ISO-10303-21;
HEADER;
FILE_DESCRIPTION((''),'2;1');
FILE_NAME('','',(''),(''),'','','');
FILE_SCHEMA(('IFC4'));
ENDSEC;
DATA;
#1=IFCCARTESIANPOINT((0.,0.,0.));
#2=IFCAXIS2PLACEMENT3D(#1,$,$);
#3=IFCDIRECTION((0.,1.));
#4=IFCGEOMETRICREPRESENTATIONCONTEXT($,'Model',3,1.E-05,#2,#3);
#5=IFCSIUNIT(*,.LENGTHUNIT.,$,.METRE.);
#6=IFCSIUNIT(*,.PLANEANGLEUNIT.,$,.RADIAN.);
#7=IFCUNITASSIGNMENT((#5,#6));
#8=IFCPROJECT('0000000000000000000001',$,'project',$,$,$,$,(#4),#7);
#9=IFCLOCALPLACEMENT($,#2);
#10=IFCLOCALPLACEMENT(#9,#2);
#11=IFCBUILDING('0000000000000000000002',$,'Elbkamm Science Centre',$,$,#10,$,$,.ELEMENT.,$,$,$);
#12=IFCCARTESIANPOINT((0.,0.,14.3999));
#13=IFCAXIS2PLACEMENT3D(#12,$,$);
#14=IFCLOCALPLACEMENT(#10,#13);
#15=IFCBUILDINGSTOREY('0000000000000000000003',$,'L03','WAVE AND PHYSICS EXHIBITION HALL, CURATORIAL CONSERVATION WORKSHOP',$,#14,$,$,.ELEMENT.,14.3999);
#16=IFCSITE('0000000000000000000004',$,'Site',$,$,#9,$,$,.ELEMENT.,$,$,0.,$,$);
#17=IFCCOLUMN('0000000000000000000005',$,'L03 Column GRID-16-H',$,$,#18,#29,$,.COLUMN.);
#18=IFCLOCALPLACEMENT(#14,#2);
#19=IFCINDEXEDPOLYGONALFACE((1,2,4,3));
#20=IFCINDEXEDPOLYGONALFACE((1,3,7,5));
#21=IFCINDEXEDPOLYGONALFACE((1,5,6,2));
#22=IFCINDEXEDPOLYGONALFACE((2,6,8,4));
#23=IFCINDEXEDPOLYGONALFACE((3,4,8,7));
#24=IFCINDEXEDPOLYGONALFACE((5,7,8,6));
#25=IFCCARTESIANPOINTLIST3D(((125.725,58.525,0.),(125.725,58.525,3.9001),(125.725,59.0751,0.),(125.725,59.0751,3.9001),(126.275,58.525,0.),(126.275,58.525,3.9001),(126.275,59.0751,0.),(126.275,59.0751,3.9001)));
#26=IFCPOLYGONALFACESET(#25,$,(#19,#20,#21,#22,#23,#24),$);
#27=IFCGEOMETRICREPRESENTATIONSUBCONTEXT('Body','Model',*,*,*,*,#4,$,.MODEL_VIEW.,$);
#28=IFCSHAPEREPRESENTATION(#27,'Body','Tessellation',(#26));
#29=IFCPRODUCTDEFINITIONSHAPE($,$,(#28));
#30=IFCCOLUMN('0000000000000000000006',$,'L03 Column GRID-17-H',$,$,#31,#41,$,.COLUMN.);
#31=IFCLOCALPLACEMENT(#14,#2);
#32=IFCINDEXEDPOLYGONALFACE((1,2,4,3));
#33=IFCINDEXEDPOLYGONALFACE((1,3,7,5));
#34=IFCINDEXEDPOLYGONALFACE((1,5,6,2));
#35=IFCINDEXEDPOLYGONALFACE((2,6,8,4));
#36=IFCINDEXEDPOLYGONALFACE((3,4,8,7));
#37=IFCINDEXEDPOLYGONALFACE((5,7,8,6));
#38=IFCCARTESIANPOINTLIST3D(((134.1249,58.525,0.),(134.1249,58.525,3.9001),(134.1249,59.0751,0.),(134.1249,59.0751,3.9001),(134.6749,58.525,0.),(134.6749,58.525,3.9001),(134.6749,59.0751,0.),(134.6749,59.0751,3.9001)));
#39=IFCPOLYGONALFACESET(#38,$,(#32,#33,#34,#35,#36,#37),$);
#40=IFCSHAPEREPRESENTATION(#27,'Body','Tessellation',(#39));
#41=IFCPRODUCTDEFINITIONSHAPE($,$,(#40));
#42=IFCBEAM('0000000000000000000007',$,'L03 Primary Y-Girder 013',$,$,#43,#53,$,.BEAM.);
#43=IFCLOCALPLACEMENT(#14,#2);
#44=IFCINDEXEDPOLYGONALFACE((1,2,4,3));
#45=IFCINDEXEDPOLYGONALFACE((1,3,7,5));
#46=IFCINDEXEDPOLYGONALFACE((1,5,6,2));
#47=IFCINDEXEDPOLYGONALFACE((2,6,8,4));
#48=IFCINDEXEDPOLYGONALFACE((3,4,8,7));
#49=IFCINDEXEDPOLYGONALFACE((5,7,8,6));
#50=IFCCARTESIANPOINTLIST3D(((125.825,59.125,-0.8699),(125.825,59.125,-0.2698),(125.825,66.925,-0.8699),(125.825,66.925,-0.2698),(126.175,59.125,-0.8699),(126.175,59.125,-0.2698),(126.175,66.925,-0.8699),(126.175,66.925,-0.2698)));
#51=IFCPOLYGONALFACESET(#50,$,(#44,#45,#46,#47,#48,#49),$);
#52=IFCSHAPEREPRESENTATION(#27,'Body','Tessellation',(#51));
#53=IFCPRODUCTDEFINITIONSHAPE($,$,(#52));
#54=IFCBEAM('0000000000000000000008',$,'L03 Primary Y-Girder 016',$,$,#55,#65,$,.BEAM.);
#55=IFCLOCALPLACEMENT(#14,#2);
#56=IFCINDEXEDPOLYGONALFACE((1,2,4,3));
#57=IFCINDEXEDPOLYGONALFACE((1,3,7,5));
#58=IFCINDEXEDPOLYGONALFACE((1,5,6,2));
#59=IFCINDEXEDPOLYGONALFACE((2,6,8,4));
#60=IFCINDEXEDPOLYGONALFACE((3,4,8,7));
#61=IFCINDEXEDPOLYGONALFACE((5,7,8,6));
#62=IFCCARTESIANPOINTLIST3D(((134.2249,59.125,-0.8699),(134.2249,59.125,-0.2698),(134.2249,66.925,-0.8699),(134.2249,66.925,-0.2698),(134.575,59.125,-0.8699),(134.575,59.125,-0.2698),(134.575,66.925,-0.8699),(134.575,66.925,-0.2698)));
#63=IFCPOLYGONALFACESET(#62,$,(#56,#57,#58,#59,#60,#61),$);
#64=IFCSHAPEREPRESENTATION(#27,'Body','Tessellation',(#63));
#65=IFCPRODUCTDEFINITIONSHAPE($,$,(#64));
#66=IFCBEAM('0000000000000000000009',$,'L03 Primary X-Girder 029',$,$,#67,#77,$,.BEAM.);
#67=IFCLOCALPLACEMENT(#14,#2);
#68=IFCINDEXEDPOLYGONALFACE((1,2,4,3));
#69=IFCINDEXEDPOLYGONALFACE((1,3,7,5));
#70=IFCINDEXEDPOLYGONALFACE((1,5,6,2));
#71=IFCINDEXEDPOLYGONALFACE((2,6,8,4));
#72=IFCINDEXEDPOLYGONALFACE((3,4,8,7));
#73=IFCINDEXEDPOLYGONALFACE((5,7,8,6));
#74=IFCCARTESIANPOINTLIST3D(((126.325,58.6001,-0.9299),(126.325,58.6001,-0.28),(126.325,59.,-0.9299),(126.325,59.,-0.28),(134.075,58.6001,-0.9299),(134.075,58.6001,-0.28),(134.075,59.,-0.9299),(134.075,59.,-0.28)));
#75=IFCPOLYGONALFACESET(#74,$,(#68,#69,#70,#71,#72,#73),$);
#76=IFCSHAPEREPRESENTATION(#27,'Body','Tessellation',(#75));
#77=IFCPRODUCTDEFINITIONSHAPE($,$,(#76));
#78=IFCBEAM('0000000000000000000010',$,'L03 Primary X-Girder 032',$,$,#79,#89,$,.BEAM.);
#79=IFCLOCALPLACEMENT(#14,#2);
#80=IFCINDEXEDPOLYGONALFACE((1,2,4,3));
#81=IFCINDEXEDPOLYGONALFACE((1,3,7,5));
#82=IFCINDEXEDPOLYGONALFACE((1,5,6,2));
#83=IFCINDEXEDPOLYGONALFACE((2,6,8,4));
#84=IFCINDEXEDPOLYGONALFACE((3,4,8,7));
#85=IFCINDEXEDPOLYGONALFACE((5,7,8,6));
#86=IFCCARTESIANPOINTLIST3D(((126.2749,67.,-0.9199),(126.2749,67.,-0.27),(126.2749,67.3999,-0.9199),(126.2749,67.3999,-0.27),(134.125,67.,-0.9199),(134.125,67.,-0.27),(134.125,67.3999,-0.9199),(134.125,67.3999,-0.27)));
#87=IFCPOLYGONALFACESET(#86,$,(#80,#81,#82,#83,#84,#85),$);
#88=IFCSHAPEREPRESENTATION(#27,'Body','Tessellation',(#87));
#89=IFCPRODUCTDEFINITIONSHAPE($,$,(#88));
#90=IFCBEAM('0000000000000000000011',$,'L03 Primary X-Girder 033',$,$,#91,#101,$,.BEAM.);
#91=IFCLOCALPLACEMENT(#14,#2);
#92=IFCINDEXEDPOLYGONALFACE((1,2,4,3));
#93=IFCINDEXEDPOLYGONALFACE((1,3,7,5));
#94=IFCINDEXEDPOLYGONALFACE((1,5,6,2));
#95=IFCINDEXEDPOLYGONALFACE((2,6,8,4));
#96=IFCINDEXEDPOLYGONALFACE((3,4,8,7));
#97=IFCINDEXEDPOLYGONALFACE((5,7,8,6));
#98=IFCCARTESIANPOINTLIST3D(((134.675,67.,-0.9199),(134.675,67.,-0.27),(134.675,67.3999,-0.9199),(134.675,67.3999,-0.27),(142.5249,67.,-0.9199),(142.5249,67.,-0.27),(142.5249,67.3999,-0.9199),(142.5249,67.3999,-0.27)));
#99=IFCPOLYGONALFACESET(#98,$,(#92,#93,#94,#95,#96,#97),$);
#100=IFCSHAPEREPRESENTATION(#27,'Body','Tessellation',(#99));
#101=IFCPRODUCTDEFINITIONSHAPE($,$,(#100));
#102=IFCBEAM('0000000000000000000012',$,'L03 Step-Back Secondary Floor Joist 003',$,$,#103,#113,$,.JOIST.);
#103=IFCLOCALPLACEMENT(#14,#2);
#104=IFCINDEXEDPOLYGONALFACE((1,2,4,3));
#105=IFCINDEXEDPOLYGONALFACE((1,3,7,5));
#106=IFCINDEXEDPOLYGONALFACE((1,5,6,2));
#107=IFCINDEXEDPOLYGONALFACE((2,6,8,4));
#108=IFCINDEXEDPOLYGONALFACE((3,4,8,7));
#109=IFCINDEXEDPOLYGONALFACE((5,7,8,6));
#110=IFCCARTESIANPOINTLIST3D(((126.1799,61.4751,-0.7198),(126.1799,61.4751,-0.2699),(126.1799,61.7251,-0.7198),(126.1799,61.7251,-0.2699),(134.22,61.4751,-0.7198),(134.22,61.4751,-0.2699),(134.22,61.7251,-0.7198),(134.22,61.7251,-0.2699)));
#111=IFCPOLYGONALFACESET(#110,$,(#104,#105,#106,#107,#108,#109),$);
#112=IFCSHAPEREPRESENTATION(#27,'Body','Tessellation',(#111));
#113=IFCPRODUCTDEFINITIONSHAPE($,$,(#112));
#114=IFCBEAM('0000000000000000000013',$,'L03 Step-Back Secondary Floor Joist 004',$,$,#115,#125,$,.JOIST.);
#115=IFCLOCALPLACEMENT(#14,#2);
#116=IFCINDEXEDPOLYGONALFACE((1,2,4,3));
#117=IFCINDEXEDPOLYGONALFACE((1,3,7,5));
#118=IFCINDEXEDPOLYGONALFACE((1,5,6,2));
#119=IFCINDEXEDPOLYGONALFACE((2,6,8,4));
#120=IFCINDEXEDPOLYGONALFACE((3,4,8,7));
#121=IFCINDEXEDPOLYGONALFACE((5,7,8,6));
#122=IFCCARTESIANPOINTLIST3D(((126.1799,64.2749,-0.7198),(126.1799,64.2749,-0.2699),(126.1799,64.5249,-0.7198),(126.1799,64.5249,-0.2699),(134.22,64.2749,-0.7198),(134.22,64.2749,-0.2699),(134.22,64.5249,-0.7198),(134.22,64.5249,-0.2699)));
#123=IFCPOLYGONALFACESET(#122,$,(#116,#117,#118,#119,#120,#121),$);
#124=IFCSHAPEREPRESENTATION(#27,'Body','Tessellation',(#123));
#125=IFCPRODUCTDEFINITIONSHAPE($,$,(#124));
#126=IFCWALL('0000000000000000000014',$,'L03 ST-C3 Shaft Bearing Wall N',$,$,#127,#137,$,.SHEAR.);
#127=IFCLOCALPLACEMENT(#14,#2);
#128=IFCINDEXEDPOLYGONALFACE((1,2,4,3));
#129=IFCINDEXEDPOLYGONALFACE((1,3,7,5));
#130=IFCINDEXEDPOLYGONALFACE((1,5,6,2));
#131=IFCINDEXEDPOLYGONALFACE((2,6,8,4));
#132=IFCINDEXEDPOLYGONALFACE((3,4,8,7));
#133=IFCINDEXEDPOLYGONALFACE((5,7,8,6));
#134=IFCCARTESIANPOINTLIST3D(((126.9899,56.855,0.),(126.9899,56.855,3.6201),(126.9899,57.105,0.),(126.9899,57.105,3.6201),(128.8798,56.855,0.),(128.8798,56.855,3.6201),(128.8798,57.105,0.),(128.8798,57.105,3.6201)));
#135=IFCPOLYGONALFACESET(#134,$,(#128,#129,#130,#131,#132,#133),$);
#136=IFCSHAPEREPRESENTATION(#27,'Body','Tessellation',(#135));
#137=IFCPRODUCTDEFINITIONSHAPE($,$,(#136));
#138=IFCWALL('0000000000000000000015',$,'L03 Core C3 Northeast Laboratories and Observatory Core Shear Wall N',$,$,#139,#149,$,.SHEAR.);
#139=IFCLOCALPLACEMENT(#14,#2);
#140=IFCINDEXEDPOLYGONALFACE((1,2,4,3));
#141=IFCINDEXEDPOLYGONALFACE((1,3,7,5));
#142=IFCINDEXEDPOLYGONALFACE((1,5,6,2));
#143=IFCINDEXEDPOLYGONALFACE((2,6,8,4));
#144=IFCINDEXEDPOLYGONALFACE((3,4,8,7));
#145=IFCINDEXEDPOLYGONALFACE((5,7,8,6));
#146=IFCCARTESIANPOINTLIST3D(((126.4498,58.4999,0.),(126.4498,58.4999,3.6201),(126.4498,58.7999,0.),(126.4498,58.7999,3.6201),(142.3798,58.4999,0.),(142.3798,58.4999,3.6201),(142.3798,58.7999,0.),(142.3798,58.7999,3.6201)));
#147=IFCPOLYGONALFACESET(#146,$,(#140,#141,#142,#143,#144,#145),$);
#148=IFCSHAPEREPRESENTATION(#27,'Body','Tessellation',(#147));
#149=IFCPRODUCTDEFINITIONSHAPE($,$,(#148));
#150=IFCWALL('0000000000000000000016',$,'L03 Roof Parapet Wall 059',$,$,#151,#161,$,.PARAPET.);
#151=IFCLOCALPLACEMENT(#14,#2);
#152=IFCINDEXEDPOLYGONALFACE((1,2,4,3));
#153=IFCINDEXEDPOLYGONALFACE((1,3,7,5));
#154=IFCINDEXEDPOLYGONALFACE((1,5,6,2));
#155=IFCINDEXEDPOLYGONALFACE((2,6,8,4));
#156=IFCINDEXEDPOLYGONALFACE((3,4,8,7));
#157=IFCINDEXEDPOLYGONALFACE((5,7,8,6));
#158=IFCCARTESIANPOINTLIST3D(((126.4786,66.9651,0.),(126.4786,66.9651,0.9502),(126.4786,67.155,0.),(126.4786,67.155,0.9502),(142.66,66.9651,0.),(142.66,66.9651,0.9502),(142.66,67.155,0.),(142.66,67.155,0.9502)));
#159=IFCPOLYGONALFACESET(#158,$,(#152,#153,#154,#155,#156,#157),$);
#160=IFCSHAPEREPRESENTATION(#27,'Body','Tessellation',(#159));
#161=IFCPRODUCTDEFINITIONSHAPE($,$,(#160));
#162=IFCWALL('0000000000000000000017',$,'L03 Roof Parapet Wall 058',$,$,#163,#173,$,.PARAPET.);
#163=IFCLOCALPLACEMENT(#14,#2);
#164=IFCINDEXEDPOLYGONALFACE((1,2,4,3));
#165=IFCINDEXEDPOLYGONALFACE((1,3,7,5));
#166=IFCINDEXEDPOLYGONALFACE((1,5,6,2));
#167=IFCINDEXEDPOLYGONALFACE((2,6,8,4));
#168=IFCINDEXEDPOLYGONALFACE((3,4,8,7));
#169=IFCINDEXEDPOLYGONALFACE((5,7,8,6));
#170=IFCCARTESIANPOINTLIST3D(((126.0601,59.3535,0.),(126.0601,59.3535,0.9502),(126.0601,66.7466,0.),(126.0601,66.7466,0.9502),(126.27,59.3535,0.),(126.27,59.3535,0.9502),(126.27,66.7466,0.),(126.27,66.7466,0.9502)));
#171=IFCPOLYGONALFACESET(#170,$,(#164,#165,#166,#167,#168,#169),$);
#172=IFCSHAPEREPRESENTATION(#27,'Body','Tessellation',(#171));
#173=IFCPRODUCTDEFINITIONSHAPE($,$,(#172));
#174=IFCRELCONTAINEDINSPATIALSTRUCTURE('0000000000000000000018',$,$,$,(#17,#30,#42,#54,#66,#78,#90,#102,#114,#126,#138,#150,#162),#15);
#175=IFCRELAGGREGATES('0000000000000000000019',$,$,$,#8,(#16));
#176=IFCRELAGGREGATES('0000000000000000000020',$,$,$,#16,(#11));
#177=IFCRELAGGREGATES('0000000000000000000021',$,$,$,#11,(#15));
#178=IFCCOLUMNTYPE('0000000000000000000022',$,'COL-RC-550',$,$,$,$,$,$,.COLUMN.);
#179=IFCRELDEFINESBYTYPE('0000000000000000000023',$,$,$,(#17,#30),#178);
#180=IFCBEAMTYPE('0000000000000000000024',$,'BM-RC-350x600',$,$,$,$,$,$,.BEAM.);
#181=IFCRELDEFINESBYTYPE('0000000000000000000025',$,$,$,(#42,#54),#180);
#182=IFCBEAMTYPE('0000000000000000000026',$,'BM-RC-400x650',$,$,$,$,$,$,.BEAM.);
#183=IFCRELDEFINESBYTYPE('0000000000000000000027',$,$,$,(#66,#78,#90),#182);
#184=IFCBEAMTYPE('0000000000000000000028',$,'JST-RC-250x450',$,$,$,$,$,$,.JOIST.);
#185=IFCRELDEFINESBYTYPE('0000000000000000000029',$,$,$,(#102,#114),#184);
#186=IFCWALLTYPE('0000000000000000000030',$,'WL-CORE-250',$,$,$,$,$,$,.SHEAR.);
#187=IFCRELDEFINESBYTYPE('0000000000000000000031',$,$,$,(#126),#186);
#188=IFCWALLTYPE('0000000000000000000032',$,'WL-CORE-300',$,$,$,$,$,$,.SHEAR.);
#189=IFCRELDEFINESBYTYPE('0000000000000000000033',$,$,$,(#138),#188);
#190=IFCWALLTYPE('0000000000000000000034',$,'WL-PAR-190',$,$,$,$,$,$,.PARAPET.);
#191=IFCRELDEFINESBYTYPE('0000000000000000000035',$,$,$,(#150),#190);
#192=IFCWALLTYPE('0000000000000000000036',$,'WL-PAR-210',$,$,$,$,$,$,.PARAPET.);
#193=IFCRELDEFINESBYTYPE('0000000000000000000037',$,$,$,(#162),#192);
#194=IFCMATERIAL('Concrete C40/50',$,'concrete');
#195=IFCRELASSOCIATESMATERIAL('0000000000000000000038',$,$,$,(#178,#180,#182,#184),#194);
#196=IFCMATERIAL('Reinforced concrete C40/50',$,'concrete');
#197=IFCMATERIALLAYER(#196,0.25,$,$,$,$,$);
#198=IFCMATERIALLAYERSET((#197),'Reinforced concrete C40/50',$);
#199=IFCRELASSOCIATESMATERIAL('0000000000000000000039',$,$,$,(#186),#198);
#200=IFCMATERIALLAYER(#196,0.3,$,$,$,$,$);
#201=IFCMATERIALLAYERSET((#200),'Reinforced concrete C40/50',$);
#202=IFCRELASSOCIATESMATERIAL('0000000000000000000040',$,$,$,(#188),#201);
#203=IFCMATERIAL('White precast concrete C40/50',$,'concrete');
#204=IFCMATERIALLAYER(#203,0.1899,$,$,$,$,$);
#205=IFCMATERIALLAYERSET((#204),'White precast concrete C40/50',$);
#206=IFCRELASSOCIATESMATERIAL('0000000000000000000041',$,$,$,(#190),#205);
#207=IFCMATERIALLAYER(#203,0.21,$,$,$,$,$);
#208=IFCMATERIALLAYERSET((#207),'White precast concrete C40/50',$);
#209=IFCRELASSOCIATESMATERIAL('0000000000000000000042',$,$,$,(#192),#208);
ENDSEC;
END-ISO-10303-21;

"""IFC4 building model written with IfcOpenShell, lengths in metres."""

from ifc_helpers import new_model, si_unit, direction, frame, frame_2d, origin, origin_2d, place, context, subcontext, project, spatial, rectangle, extrude, material, layer, layer_set, material_profile, profile_set, type_object, element, save


model = new_model("IFC4")

# Units and contexts
model_context = context("Model", 3, precision=1e-05, world=origin(), true_north=direction((0.0, 1.0)))
body_context = subcontext(model_context, "Body", "Model", "MODEL_VIEW")
ifc_project = project(units=[si_unit("LENGTHUNIT", "METRE"), si_unit("PLANEANGLEUNIT", "RADIAN")], contexts=[model_context])

# Site, building, storey
site_placement = place(None, origin())
site = spatial("IfcSite", under=ifc_project, at=site_placement, Name="Site", CompositionType="ELEMENT", RefElevation=0.0)
building_placement = place(site_placement, origin())
building = spatial("IfcBuilding", under=site, at=building_placement, Name="Elbkamm Science Centre", CompositionType="ELEMENT")
storey_placement = place(building_placement, frame((0.0, 0.0, 14.3999)))
storey = spatial("IfcBuildingStorey", under=building, at=storey_placement, Name="L03", Description="WAVE AND PHYSICS EXHIBITION HALL, CURATORIAL CONSERVATION WORKSHOP", CompositionType="ELEMENT", Elevation=14.3999)

# Columns
ifc_material_1 = material(Name="Concrete C40/50", Category="concrete")
ifc_material_profile_1 = material_profile(ifc_material_1, rectangle(XDim=0.55, YDim=0.55, at=origin_2d()), Name="RC 550x550")
ifc_profile_set_1 = profile_set([ifc_material_profile_1], Name="Concrete C40/50")
column_type = type_object("IfcColumnType", Name="COL-RC-550", PredefinedType="COLUMN", material=ifc_profile_set_1)
for number, where, z_axis, x_axis, name in (
    (1, (126.0, 58.8, 0.0), (0.0, 0.0, 1.0), (1.0, 0.0, 0.0), "L03 Column GRID-16-H"),
    (2, (134.3999, 58.8, 0.0), (0.0, 0.0, 1.0), (1.0, 0.0, 0.0), "L03 Column GRID-17-H"),
):
    element("IfcColumn", number, at=place(storey_placement, frame(where, z_axis=z_axis, x_axis=x_axis)), inside=storey, type_object=column_type, Name=name, PredefinedType="COLUMN", context=body_context, shape_type="SweptSolid", body=[
        extrude(rectangle(XDim=0.55, YDim=0.55, at=origin_2d()), origin(), (0.0, 0.0, 1.0), 3.9001),
    ])

# Beams
ifc_material_profile_2 = material_profile(ifc_material_1, rectangle(XDim=0.3501, YDim=0.6001, at=origin_2d()), Name="RC 350x600")
ifc_profile_set_2 = profile_set([ifc_material_profile_2], Name="Concrete C40/50")
beam_type_1 = type_object("IfcBeamType", Name="BM-RC-350x600", PredefinedType="BEAM", material=ifc_profile_set_2)
for number, where, z_axis, x_axis, name in (
    (3, (126.0, 59.125, -0.5698), (0.0, 1.0, 0.0), (-1.0, 0.0, 0.0), "L03 Primary Y-Girder 013"),
    (4, (134.3999, 59.125, -0.5698), (0.0, 1.0, 0.0), (-1.0, 0.0, 0.0), "L03 Primary Y-Girder 016"),
):
    element("IfcBeam", number, at=place(storey_placement, frame(where, z_axis=z_axis, x_axis=x_axis)), inside=storey, type_object=beam_type_1, Name=name, PredefinedType="BEAM", context=body_context, shape_type="SweptSolid", body=[
        extrude(rectangle(XDim=0.3501, YDim=0.6001, at=origin_2d()), origin(), (0.0, 0.0, 1.0), 7.8),
    ])
ifc_material_profile_3 = material_profile(ifc_material_1, rectangle(XDim=0.3999, YDim=0.6499, at=origin_2d()), Name="RC 400x650")
ifc_profile_set_3 = profile_set([ifc_material_profile_3], Name="Concrete C40/50")
beam_type_2 = type_object("IfcBeamType", Name="BM-RC-400x650", PredefinedType="BEAM", material=ifc_profile_set_3)
beam_1_placement = place(storey_placement, frame((126.325, 58.8, -0.605), z_axis=(1.0, 0.0, 0.0), x_axis=(0.0, 1.0, 0.0)))
element("IfcBeam", 5, at=beam_1_placement, inside=storey, type_object=beam_type_2, Name="L03 Primary X-Girder 029", PredefinedType="BEAM", context=body_context, shape_type="SweptSolid", body=[
    extrude(rectangle(XDim=0.3999, YDim=0.6499, at=origin_2d()), origin(), (0.0, 0.0, 1.0), 7.75),
])
beam_2_placement = place(storey_placement, frame((126.2749, 67.2, -0.595), z_axis=(1.0, 0.0, 0.0), x_axis=(0.0, 1.0, 0.0)))
element("IfcBeam", 6, at=beam_2_placement, inside=storey, type_object=beam_type_2, Name="L03 Primary X-Girder 032", PredefinedType="BEAM", context=body_context, shape_type="SweptSolid", body=[
    extrude(rectangle(XDim=0.3999, YDim=0.6499, at=origin_2d()), origin(), (0.0, 0.0, 1.0), 7.8501),
])
beam_3_placement = place(storey_placement, frame((134.675, 67.2, -0.595), z_axis=(1.0, 0.0, 0.0), x_axis=(0.0, 1.0, 0.0)))
element("IfcBeam", 7, at=beam_3_placement, inside=storey, type_object=beam_type_2, Name="L03 Primary X-Girder 033", PredefinedType="BEAM", context=body_context, shape_type="SweptSolid", body=[
    extrude(rectangle(XDim=0.3999, YDim=0.6499, at=origin_2d()), origin(), (0.0, 0.0, 1.0), 7.8499),
])
ifc_material_profile_4 = material_profile(ifc_material_1, rectangle(XDim=0.25, YDim=0.45, at=origin_2d()), Name="RC 250x450")
ifc_profile_set_4 = profile_set([ifc_material_profile_4], Name="Concrete C40/50")
beam_type_3 = type_object("IfcBeamType", Name="JST-RC-250x450", PredefinedType="JOIST", material=ifc_profile_set_4)
for number, where, z_axis, x_axis, name in (
    (8, (126.1799, 61.6001, -0.4949), (1.0, 0.0, 0.0), (0.0, 1.0, 0.0), "L03 Step-Back Secondary Floor Joist 003"),
    (9, (126.1799, 64.3999, -0.4949), (1.0, 0.0, 0.0), (0.0, 1.0, 0.0), "L03 Step-Back Secondary Floor Joist 004"),
):
    element("IfcBeam", number, at=place(storey_placement, frame(where, z_axis=z_axis, x_axis=x_axis)), inside=storey, type_object=beam_type_3, Name=name, PredefinedType="JOIST", context=body_context, shape_type="SweptSolid", body=[
        extrude(rectangle(XDim=0.25, YDim=0.45, at=origin_2d()), origin(), (0.0, 0.0, 1.0), 8.04),
    ])

# Walls
ifc_material_2 = material(Name="Reinforced concrete C40/50", Category="concrete")
ifc_layer_1 = layer(ifc_material_2, 0.25)
ifc_layer_set_1 = layer_set([ifc_layer_1], Name="Reinforced concrete C40/50")
wall_type_1 = type_object("IfcWallType", Name="WL-CORE-250", PredefinedType="SHEAR", material=ifc_layer_set_1)
wall_1_placement = place(storey_placement, frame((126.99, 56.98, 0.0), z_axis=(0.0, 0.0, 1.0), x_axis=(1.0, 0.0, 0.0)))
element("IfcWall", 10, at=wall_1_placement, inside=storey, type_object=wall_type_1, Name="L03 ST-C3 Shaft Bearing Wall N", PredefinedType="SHEAR", context=body_context, shape_type="SweptSolid", body=[
    extrude(rectangle(XDim=1.8899, YDim=0.25, at=frame_2d((0.9448, 0.0))), origin(), (0.0, 0.0, 1.0), 3.6201),
])
ifc_layer_2 = layer(ifc_material_2, 0.3)
ifc_layer_set_2 = layer_set([ifc_layer_2], Name="Reinforced concrete C40/50")
wall_type_2 = type_object("IfcWallType", Name="WL-CORE-300", PredefinedType="SHEAR", material=ifc_layer_set_2)
wall_2_placement = place(storey_placement, frame((126.45, 58.6499, 0.0), z_axis=(0.0, 0.0, 1.0), x_axis=(1.0, 0.0, 0.0)))
element("IfcWall", 11, at=wall_2_placement, inside=storey, type_object=wall_type_2, Name="L03 Core C3 Northeast Laboratories and Observatory Core Shear Wall N", PredefinedType="SHEAR", context=body_context, shape_type="SweptSolid", body=[
    extrude(rectangle(XDim=15.9299, YDim=0.3, at=frame_2d((7.9648, 0.0))), origin(), (0.0, 0.0, 1.0), 3.6201),
])
ifc_material_3 = material(Name="White precast concrete C40/50", Category="concrete")
ifc_layer_3 = layer(ifc_material_3, 0.1899)
ifc_layer_set_3 = layer_set([ifc_layer_3], Name="White precast concrete C40/50")
wall_type_3 = type_object("IfcWallType", Name="WL-PAR-190", PredefinedType="PARAPET", material=ifc_layer_set_3)
wall_3_placement = place(storey_placement, frame((126.4785, 67.0601, 0.0), z_axis=(0.0, 0.0, 1.0), x_axis=(1.0, 0.0, 0.0)))
element("IfcWall", 12, at=wall_3_placement, inside=storey, type_object=wall_type_3, Name="L03 Roof Parapet Wall 059", PredefinedType="PARAPET", context=body_context, shape_type="SweptSolid", body=[
    extrude(rectangle(XDim=16.1814, YDim=0.1899, at=frame_2d((8.0908, 0.0))), origin(), (0.0, 0.0, 1.0), 0.9502),
])
ifc_layer_4 = layer(ifc_material_3, 0.21)
ifc_layer_set_4 = layer_set([ifc_layer_4], Name="White precast concrete C40/50")
wall_type_4 = type_object("IfcWallType", Name="WL-PAR-210", PredefinedType="PARAPET", material=ifc_layer_set_4)
wall_4_placement = place(storey_placement, frame((126.165, 59.3535, 0.0), z_axis=(0.0, 0.0, 1.0), x_axis=(0.0, 1.0, 0.0)))
element("IfcWall", 13, at=wall_4_placement, inside=storey, type_object=wall_type_4, Name="L03 Roof Parapet Wall 058", PredefinedType="PARAPET", context=body_context, shape_type="SweptSolid", body=[
    extrude(rectangle(XDim=7.3931, YDim=0.21, at=frame_2d((3.6965, 0.0))), origin(), (0.0, 0.0, 1.0), 0.9502),
])

save(model, "model.ifc")
